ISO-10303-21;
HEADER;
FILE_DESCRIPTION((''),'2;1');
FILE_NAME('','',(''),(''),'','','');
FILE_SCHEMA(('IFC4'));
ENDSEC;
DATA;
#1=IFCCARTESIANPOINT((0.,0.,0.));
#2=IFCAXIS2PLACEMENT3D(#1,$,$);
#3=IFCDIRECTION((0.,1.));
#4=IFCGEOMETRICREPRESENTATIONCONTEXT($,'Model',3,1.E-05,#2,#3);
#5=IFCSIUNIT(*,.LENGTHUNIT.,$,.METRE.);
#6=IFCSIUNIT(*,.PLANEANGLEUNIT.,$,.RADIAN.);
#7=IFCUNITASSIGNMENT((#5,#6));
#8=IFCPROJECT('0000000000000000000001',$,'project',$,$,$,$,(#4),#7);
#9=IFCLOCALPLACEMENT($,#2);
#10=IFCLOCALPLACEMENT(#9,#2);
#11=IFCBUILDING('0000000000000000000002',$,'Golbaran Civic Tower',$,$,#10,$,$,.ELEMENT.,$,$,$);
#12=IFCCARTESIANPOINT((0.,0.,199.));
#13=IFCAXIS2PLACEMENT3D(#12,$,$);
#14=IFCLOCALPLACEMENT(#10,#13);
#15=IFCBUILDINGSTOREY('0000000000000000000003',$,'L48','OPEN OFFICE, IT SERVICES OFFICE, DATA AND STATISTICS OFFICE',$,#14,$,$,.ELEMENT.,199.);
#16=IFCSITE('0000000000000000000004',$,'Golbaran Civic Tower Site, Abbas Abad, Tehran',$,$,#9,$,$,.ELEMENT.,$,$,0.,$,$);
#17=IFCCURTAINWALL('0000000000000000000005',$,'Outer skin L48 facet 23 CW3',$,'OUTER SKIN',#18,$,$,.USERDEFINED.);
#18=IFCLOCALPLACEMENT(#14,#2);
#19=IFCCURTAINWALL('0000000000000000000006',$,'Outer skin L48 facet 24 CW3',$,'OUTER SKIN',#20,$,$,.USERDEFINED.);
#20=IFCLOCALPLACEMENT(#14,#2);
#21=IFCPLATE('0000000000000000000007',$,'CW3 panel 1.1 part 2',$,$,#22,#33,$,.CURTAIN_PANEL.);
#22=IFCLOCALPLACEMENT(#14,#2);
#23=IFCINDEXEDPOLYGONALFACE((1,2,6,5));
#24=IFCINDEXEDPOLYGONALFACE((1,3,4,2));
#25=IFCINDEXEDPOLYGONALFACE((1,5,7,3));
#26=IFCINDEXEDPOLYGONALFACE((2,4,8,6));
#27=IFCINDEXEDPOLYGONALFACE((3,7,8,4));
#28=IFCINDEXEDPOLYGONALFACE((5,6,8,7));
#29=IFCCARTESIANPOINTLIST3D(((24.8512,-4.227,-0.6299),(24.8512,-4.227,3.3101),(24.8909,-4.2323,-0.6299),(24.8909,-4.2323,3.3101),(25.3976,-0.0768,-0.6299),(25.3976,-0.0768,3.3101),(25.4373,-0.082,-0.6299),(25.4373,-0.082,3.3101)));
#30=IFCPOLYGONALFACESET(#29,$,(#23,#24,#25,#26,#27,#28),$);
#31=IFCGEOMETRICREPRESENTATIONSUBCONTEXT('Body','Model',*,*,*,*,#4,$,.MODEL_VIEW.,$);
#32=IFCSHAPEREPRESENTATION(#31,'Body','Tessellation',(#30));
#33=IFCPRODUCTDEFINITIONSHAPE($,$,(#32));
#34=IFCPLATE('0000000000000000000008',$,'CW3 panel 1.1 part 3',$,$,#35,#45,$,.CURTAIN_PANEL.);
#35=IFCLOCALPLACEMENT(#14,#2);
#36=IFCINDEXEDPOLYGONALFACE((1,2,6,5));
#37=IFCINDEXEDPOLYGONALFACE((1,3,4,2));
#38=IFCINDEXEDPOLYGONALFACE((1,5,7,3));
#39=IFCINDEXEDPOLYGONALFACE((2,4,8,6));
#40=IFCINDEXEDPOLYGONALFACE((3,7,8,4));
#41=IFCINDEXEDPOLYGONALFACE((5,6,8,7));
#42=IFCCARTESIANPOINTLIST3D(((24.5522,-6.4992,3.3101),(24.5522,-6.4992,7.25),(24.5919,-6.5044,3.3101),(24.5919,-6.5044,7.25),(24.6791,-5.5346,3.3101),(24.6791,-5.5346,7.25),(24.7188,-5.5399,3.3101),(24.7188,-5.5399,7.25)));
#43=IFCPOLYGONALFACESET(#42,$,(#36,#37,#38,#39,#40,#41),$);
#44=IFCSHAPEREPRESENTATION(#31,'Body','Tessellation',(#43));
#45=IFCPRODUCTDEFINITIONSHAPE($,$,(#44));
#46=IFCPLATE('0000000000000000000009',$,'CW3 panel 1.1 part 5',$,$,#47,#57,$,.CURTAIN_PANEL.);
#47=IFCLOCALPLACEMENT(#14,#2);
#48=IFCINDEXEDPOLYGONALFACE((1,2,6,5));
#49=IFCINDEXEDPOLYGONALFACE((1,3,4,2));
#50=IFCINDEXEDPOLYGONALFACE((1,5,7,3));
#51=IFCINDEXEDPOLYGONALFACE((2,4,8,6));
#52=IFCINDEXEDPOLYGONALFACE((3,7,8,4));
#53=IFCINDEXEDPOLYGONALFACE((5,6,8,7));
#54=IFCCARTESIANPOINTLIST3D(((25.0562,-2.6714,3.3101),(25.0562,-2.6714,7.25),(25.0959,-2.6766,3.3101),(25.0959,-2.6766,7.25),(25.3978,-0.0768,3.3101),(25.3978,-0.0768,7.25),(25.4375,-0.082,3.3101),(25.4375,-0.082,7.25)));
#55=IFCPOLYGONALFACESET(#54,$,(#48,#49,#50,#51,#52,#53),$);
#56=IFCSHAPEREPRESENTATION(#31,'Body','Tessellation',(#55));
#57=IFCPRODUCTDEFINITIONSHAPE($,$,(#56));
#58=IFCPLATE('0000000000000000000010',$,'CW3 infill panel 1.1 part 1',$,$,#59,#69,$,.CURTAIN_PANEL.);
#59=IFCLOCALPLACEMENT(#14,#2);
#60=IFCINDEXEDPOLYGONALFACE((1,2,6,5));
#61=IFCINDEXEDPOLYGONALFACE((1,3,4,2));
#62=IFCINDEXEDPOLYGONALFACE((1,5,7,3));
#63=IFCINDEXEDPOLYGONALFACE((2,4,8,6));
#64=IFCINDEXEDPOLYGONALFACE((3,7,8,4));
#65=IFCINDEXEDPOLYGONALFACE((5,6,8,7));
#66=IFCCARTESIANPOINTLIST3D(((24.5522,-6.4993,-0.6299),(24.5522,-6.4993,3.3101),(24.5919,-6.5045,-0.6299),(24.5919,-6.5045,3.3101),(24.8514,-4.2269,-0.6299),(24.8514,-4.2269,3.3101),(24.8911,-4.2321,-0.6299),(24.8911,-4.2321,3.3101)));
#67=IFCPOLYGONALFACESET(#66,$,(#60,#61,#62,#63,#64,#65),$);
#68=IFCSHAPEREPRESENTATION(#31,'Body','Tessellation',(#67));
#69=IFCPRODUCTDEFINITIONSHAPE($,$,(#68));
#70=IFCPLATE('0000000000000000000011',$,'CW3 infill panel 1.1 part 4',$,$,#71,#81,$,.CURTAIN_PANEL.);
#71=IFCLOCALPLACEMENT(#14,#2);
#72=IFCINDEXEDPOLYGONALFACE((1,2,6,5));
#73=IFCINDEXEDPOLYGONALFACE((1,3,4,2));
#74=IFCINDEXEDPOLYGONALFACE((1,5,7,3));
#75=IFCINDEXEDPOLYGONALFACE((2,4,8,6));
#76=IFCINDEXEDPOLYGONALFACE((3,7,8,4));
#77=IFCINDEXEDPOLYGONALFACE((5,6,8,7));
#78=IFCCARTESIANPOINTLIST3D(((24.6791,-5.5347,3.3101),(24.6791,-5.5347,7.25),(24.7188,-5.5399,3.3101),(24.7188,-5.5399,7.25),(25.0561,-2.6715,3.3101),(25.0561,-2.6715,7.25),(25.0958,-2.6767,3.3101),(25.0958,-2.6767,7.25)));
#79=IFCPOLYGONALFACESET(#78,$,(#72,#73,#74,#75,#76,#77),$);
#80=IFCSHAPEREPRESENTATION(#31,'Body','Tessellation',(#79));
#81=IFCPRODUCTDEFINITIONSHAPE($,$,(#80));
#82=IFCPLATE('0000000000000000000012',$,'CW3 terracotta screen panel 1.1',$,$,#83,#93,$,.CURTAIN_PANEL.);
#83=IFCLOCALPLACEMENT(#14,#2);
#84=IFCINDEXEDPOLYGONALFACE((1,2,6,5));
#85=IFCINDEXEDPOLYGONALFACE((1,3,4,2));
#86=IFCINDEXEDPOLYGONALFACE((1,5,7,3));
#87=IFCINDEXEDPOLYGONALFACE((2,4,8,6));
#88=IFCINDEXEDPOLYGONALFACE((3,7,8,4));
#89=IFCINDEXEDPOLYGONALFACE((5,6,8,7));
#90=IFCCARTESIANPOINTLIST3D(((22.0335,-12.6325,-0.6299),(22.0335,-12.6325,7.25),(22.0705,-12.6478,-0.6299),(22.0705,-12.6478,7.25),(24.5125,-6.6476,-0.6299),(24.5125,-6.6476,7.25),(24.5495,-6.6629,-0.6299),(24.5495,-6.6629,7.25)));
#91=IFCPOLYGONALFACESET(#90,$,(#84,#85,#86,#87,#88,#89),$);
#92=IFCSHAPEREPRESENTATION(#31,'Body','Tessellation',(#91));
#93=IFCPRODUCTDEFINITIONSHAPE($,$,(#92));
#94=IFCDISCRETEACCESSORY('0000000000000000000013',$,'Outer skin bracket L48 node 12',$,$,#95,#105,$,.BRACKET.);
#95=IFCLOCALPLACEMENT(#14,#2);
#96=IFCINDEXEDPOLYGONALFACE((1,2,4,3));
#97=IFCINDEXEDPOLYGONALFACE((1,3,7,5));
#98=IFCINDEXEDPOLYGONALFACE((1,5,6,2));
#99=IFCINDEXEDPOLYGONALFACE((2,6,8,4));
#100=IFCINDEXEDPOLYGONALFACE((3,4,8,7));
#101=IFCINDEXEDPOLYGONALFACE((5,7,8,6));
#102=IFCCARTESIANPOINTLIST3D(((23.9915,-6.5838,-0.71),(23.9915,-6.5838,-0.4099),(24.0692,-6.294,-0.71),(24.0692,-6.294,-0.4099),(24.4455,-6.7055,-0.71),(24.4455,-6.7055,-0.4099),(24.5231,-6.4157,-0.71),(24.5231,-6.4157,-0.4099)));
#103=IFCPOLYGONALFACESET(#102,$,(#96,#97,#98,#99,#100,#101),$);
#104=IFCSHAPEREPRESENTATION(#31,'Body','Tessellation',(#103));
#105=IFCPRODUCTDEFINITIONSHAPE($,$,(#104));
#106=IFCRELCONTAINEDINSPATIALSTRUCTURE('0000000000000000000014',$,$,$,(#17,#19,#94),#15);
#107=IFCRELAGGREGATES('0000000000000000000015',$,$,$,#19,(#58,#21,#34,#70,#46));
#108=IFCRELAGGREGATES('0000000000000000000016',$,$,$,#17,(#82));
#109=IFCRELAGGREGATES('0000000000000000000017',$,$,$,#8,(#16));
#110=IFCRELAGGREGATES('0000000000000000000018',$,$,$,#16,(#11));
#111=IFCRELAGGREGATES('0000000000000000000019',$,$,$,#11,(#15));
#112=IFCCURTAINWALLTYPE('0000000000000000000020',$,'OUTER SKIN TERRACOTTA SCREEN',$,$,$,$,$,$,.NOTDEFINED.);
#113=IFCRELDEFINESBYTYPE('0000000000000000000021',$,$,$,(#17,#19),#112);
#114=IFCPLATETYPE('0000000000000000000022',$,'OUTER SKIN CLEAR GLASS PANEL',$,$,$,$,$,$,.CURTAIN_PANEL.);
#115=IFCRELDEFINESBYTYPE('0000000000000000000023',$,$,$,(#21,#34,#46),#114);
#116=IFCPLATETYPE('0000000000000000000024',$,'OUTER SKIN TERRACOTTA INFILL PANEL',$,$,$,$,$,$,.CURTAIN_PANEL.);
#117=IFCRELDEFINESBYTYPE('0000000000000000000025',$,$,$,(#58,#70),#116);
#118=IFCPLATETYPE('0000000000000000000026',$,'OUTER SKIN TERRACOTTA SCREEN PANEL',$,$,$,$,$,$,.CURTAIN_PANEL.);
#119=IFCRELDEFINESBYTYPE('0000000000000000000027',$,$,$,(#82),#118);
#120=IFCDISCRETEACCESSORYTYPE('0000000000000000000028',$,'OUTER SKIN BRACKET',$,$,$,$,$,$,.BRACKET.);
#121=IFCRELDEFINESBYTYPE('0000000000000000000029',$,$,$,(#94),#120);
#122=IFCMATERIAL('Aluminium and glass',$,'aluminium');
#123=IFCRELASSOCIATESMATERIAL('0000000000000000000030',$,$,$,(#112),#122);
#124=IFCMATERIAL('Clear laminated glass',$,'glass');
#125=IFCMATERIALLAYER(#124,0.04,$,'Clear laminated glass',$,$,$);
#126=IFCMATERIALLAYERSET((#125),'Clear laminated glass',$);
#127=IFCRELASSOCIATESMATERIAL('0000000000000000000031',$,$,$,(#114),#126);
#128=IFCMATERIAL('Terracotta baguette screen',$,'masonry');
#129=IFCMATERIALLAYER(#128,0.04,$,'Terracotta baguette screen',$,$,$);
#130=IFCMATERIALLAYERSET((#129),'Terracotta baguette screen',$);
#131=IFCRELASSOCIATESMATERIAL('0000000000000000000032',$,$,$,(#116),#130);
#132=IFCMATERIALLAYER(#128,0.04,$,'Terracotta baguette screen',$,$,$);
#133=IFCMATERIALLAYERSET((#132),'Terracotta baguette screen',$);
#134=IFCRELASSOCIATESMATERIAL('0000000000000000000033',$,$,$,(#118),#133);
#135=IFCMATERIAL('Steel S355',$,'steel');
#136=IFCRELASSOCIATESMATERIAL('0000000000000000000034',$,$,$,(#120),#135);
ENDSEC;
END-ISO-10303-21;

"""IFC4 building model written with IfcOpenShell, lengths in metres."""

from ifc_helpers import new_model, si_unit, direction, frame, origin, origin_2d, place, context, subcontext, project, spatial, rectangle, extrude, material, layer, layer_set, type_object, element, aggregate, save


model = new_model("IFC4")

# Units and contexts
model_context = context("Model", 3, precision=1e-05, world=origin(), true_north=direction((0.0, 1.0)))
body_context = subcontext(model_context, "Body", "Model", "MODEL_VIEW")
ifc_project = project(units=[si_unit("LENGTHUNIT", "METRE"), si_unit("PLANEANGLEUNIT", "RADIAN")], contexts=[model_context])

# Site, building, storey
site_placement = place(None, origin())
site = spatial("IfcSite", under=ifc_project, at=site_placement, Name="Golbaran Civic Tower Site, Abbas Abad, Tehran", CompositionType="ELEMENT", RefElevation=0.0)
building_placement = place(site_placement, origin())
building = spatial("IfcBuilding", under=site, at=building_placement, Name="Golbaran Civic Tower", CompositionType="ELEMENT")
storey_placement = place(building_placement, frame((0.0, 0.0, 199.0)))
storey = spatial("IfcBuildingStorey", under=building, at=storey_placement, Name="L48", Description="OPEN OFFICE, IT SERVICES OFFICE, DATA AND STATISTICS OFFICE", CompositionType="ELEMENT", Elevation=199.0)

# Shared definitions
ifc_material_1 = material(Name="Steel S355", Category="steel")

# Shared definitions
ifc_material_2 = material(Name="Aluminium and glass", Category="aluminium")

# Curtain wall
curtain_wall_type_1 = type_object("IfcCurtainWallType", Name="OUTER SKIN TERRACOTTA SCREEN", PredefinedType="NOTDEFINED", material=ifc_material_2)
curtain_wall_1_placement = place(storey_placement, origin())
curtain_wall_1 = element("IfcCurtainWall", 1, at=curtain_wall_1_placement, inside=storey, type_object=curtain_wall_type_1, Name="Outer skin L48 facet 23 CW3", ObjectType="OUTER SKIN", PredefinedType="USERDEFINED")

# Curtain wall
curtain_wall_2_placement = place(storey_placement, origin())
curtain_wall_2 = element("IfcCurtainWall", 2, at=curtain_wall_2_placement, inside=storey, type_object=curtain_wall_type_1, Name="Outer skin L48 facet 24 CW3", ObjectType="OUTER SKIN", PredefinedType="USERDEFINED")

# Plates
ifc_material_3 = material(Name="Clear laminated glass", Category="glass")
ifc_layer_1 = layer(ifc_material_3, 0.04, Name="Clear laminated glass")
ifc_layer_set_1 = layer_set([ifc_layer_1], Name="Clear laminated glass")
plate_type_1 = type_object("IfcPlateType", Name="OUTER SKIN CLEAR GLASS PANEL", PredefinedType="CURTAIN_PANEL", material=ifc_layer_set_1)
plate_1_placement = place(storey_placement, frame((25.1443, -2.1545, -0.6299), z_axis=(0.0, 0.0, 1.0), x_axis=(0.130526, 0.991445, 0.0)))
plate_1 = element("IfcPlate", 3, at=plate_1_placement, type_object=plate_type_1, Name="CW3 panel 1.1 part 2", PredefinedType="CURTAIN_PANEL", context=body_context, shape_type="SweptSolid", body=[
    extrude(rectangle(XDim=4.186, YDim=0.04, at=origin_2d()), origin(), (0.0, 0.0, 1.0), 3.9399),
])
plate_2_placement = place(storey_placement, frame((24.6355, -6.0195, 3.3101), z_axis=(0.0, 0.0, 1.0), x_axis=(0.130526, 0.991445, 0.0)))
plate_2 = element("IfcPlate", 4, at=plate_2_placement, type_object=plate_type_1, Name="CW3 panel 1.1 part 3", PredefinedType="CURTAIN_PANEL", context=body_context, shape_type="SweptSolid", body=[
    extrude(rectangle(XDim=0.9729, YDim=0.04, at=origin_2d()), origin(), (0.0, 0.0, 1.0), 3.9399),
])
plate_3_placement = place(storey_placement, frame((25.2468, -1.3767, 3.3101), z_axis=(0.0, 0.0, 1.0), x_axis=(0.130526, 0.991445, 0.0)))
plate_3 = element("IfcPlate", 5, at=plate_3_placement, type_object=plate_type_1, Name="CW3 panel 1.1 part 5", PredefinedType="CURTAIN_PANEL", context=body_context, shape_type="SweptSolid", body=[
    extrude(rectangle(XDim=2.6169, YDim=0.04, at=origin_2d()), origin(), (0.0, 0.0, 1.0), 3.9399),
])
ifc_material_4 = material(Name="Terracotta baguette screen", Category="masonry")
ifc_layer_2 = layer(ifc_material_4, 0.04, Name="Terracotta baguette screen")
ifc_layer_set_2 = layer_set([ifc_layer_2], Name="Terracotta baguette screen")
plate_type_2 = type_object("IfcPlateType", Name="OUTER SKIN TERRACOTTA INFILL PANEL", PredefinedType="CURTAIN_PANEL", material=ifc_layer_set_2)
plate_4_placement = place(storey_placement, frame((24.7217, -5.3657, -0.6299), z_axis=(0.0, 0.0, 1.0), x_axis=(0.130526, 0.991445, 0.0)))
plate_4 = element("IfcPlate", 6, at=plate_4_placement, type_object=plate_type_2, Name="CW3 infill panel 1.1 part 1", PredefinedType="CURTAIN_PANEL", context=body_context, shape_type="SweptSolid", body=[
    extrude(rectangle(XDim=2.292, YDim=0.04, at=origin_2d()), origin(), (0.0, 0.0, 1.0), 3.9399),
])
plate_5_placement = place(storey_placement, frame((24.8875, -4.1057, 3.3101), z_axis=(0.0, 0.0, 1.0), x_axis=(0.130526, 0.991445, 0.0)))
plate_5 = element("IfcPlate", 7, at=plate_5_placement, type_object=plate_type_2, Name="CW3 infill panel 1.1 part 4", PredefinedType="CURTAIN_PANEL", context=body_context, shape_type="SweptSolid", body=[
    extrude(rectangle(XDim=2.8879, YDim=0.04, at=origin_2d()), origin(), (0.0, 0.0, 1.0), 3.9399),
])
aggregate(curtain_wall_2, [plate_4, plate_1, plate_2, plate_5, plate_3])
ifc_layer_3 = layer(ifc_material_4, 0.04, Name="Terracotta baguette screen")
ifc_layer_set_3 = layer_set([ifc_layer_3], Name="Terracotta baguette screen")
plate_type_3 = type_object("IfcPlateType", Name="OUTER SKIN TERRACOTTA SCREEN PANEL", PredefinedType="CURTAIN_PANEL", material=ifc_layer_set_3)
plate_6_placement = place(storey_placement, frame((23.2915, -9.6477, -0.6299), z_axis=(0.0, 0.0, 1.0), x_axis=(0.382683, 0.92388, 0.0)))
plate_6 = element("IfcPlate", 8, at=plate_6_placement, type_object=plate_type_3, Name="CW3 terracotta screen panel 1.1", PredefinedType="CURTAIN_PANEL", context=body_context, shape_type="SweptSolid", body=[
    extrude(rectangle(XDim=6.478, YDim=0.04, at=origin_2d()), origin(), (0.0, 0.0, 1.0), 7.8799),
])
aggregate(curtain_wall_1, [plate_6])

# Discrete accessory
discrete_accessory_type = type_object("IfcDiscreteAccessoryType", Name="OUTER SKIN BRACKET", PredefinedType="BRACKET", material=ifc_material_1)
discrete_accessory_placement = place(storey_placement, frame((24.2573, -6.4998, -0.71), z_axis=(0.0, 0.0, 1.0), x_axis=(0.965926, -0.258819, 0.0)))
element("IfcDiscreteAccessory", 9, at=discrete_accessory_placement, inside=storey, type_object=discrete_accessory_type, Name="Outer skin bracket L48 node 12", PredefinedType="BRACKET", context=body_context, shape_type="SweptSolid", body=[
    extrude(rectangle(XDim=0.47, YDim=0.3, at=origin_2d()), origin(), (0.0, 0.0, 1.0), 0.3),
])

save(model, "model.ifc")
